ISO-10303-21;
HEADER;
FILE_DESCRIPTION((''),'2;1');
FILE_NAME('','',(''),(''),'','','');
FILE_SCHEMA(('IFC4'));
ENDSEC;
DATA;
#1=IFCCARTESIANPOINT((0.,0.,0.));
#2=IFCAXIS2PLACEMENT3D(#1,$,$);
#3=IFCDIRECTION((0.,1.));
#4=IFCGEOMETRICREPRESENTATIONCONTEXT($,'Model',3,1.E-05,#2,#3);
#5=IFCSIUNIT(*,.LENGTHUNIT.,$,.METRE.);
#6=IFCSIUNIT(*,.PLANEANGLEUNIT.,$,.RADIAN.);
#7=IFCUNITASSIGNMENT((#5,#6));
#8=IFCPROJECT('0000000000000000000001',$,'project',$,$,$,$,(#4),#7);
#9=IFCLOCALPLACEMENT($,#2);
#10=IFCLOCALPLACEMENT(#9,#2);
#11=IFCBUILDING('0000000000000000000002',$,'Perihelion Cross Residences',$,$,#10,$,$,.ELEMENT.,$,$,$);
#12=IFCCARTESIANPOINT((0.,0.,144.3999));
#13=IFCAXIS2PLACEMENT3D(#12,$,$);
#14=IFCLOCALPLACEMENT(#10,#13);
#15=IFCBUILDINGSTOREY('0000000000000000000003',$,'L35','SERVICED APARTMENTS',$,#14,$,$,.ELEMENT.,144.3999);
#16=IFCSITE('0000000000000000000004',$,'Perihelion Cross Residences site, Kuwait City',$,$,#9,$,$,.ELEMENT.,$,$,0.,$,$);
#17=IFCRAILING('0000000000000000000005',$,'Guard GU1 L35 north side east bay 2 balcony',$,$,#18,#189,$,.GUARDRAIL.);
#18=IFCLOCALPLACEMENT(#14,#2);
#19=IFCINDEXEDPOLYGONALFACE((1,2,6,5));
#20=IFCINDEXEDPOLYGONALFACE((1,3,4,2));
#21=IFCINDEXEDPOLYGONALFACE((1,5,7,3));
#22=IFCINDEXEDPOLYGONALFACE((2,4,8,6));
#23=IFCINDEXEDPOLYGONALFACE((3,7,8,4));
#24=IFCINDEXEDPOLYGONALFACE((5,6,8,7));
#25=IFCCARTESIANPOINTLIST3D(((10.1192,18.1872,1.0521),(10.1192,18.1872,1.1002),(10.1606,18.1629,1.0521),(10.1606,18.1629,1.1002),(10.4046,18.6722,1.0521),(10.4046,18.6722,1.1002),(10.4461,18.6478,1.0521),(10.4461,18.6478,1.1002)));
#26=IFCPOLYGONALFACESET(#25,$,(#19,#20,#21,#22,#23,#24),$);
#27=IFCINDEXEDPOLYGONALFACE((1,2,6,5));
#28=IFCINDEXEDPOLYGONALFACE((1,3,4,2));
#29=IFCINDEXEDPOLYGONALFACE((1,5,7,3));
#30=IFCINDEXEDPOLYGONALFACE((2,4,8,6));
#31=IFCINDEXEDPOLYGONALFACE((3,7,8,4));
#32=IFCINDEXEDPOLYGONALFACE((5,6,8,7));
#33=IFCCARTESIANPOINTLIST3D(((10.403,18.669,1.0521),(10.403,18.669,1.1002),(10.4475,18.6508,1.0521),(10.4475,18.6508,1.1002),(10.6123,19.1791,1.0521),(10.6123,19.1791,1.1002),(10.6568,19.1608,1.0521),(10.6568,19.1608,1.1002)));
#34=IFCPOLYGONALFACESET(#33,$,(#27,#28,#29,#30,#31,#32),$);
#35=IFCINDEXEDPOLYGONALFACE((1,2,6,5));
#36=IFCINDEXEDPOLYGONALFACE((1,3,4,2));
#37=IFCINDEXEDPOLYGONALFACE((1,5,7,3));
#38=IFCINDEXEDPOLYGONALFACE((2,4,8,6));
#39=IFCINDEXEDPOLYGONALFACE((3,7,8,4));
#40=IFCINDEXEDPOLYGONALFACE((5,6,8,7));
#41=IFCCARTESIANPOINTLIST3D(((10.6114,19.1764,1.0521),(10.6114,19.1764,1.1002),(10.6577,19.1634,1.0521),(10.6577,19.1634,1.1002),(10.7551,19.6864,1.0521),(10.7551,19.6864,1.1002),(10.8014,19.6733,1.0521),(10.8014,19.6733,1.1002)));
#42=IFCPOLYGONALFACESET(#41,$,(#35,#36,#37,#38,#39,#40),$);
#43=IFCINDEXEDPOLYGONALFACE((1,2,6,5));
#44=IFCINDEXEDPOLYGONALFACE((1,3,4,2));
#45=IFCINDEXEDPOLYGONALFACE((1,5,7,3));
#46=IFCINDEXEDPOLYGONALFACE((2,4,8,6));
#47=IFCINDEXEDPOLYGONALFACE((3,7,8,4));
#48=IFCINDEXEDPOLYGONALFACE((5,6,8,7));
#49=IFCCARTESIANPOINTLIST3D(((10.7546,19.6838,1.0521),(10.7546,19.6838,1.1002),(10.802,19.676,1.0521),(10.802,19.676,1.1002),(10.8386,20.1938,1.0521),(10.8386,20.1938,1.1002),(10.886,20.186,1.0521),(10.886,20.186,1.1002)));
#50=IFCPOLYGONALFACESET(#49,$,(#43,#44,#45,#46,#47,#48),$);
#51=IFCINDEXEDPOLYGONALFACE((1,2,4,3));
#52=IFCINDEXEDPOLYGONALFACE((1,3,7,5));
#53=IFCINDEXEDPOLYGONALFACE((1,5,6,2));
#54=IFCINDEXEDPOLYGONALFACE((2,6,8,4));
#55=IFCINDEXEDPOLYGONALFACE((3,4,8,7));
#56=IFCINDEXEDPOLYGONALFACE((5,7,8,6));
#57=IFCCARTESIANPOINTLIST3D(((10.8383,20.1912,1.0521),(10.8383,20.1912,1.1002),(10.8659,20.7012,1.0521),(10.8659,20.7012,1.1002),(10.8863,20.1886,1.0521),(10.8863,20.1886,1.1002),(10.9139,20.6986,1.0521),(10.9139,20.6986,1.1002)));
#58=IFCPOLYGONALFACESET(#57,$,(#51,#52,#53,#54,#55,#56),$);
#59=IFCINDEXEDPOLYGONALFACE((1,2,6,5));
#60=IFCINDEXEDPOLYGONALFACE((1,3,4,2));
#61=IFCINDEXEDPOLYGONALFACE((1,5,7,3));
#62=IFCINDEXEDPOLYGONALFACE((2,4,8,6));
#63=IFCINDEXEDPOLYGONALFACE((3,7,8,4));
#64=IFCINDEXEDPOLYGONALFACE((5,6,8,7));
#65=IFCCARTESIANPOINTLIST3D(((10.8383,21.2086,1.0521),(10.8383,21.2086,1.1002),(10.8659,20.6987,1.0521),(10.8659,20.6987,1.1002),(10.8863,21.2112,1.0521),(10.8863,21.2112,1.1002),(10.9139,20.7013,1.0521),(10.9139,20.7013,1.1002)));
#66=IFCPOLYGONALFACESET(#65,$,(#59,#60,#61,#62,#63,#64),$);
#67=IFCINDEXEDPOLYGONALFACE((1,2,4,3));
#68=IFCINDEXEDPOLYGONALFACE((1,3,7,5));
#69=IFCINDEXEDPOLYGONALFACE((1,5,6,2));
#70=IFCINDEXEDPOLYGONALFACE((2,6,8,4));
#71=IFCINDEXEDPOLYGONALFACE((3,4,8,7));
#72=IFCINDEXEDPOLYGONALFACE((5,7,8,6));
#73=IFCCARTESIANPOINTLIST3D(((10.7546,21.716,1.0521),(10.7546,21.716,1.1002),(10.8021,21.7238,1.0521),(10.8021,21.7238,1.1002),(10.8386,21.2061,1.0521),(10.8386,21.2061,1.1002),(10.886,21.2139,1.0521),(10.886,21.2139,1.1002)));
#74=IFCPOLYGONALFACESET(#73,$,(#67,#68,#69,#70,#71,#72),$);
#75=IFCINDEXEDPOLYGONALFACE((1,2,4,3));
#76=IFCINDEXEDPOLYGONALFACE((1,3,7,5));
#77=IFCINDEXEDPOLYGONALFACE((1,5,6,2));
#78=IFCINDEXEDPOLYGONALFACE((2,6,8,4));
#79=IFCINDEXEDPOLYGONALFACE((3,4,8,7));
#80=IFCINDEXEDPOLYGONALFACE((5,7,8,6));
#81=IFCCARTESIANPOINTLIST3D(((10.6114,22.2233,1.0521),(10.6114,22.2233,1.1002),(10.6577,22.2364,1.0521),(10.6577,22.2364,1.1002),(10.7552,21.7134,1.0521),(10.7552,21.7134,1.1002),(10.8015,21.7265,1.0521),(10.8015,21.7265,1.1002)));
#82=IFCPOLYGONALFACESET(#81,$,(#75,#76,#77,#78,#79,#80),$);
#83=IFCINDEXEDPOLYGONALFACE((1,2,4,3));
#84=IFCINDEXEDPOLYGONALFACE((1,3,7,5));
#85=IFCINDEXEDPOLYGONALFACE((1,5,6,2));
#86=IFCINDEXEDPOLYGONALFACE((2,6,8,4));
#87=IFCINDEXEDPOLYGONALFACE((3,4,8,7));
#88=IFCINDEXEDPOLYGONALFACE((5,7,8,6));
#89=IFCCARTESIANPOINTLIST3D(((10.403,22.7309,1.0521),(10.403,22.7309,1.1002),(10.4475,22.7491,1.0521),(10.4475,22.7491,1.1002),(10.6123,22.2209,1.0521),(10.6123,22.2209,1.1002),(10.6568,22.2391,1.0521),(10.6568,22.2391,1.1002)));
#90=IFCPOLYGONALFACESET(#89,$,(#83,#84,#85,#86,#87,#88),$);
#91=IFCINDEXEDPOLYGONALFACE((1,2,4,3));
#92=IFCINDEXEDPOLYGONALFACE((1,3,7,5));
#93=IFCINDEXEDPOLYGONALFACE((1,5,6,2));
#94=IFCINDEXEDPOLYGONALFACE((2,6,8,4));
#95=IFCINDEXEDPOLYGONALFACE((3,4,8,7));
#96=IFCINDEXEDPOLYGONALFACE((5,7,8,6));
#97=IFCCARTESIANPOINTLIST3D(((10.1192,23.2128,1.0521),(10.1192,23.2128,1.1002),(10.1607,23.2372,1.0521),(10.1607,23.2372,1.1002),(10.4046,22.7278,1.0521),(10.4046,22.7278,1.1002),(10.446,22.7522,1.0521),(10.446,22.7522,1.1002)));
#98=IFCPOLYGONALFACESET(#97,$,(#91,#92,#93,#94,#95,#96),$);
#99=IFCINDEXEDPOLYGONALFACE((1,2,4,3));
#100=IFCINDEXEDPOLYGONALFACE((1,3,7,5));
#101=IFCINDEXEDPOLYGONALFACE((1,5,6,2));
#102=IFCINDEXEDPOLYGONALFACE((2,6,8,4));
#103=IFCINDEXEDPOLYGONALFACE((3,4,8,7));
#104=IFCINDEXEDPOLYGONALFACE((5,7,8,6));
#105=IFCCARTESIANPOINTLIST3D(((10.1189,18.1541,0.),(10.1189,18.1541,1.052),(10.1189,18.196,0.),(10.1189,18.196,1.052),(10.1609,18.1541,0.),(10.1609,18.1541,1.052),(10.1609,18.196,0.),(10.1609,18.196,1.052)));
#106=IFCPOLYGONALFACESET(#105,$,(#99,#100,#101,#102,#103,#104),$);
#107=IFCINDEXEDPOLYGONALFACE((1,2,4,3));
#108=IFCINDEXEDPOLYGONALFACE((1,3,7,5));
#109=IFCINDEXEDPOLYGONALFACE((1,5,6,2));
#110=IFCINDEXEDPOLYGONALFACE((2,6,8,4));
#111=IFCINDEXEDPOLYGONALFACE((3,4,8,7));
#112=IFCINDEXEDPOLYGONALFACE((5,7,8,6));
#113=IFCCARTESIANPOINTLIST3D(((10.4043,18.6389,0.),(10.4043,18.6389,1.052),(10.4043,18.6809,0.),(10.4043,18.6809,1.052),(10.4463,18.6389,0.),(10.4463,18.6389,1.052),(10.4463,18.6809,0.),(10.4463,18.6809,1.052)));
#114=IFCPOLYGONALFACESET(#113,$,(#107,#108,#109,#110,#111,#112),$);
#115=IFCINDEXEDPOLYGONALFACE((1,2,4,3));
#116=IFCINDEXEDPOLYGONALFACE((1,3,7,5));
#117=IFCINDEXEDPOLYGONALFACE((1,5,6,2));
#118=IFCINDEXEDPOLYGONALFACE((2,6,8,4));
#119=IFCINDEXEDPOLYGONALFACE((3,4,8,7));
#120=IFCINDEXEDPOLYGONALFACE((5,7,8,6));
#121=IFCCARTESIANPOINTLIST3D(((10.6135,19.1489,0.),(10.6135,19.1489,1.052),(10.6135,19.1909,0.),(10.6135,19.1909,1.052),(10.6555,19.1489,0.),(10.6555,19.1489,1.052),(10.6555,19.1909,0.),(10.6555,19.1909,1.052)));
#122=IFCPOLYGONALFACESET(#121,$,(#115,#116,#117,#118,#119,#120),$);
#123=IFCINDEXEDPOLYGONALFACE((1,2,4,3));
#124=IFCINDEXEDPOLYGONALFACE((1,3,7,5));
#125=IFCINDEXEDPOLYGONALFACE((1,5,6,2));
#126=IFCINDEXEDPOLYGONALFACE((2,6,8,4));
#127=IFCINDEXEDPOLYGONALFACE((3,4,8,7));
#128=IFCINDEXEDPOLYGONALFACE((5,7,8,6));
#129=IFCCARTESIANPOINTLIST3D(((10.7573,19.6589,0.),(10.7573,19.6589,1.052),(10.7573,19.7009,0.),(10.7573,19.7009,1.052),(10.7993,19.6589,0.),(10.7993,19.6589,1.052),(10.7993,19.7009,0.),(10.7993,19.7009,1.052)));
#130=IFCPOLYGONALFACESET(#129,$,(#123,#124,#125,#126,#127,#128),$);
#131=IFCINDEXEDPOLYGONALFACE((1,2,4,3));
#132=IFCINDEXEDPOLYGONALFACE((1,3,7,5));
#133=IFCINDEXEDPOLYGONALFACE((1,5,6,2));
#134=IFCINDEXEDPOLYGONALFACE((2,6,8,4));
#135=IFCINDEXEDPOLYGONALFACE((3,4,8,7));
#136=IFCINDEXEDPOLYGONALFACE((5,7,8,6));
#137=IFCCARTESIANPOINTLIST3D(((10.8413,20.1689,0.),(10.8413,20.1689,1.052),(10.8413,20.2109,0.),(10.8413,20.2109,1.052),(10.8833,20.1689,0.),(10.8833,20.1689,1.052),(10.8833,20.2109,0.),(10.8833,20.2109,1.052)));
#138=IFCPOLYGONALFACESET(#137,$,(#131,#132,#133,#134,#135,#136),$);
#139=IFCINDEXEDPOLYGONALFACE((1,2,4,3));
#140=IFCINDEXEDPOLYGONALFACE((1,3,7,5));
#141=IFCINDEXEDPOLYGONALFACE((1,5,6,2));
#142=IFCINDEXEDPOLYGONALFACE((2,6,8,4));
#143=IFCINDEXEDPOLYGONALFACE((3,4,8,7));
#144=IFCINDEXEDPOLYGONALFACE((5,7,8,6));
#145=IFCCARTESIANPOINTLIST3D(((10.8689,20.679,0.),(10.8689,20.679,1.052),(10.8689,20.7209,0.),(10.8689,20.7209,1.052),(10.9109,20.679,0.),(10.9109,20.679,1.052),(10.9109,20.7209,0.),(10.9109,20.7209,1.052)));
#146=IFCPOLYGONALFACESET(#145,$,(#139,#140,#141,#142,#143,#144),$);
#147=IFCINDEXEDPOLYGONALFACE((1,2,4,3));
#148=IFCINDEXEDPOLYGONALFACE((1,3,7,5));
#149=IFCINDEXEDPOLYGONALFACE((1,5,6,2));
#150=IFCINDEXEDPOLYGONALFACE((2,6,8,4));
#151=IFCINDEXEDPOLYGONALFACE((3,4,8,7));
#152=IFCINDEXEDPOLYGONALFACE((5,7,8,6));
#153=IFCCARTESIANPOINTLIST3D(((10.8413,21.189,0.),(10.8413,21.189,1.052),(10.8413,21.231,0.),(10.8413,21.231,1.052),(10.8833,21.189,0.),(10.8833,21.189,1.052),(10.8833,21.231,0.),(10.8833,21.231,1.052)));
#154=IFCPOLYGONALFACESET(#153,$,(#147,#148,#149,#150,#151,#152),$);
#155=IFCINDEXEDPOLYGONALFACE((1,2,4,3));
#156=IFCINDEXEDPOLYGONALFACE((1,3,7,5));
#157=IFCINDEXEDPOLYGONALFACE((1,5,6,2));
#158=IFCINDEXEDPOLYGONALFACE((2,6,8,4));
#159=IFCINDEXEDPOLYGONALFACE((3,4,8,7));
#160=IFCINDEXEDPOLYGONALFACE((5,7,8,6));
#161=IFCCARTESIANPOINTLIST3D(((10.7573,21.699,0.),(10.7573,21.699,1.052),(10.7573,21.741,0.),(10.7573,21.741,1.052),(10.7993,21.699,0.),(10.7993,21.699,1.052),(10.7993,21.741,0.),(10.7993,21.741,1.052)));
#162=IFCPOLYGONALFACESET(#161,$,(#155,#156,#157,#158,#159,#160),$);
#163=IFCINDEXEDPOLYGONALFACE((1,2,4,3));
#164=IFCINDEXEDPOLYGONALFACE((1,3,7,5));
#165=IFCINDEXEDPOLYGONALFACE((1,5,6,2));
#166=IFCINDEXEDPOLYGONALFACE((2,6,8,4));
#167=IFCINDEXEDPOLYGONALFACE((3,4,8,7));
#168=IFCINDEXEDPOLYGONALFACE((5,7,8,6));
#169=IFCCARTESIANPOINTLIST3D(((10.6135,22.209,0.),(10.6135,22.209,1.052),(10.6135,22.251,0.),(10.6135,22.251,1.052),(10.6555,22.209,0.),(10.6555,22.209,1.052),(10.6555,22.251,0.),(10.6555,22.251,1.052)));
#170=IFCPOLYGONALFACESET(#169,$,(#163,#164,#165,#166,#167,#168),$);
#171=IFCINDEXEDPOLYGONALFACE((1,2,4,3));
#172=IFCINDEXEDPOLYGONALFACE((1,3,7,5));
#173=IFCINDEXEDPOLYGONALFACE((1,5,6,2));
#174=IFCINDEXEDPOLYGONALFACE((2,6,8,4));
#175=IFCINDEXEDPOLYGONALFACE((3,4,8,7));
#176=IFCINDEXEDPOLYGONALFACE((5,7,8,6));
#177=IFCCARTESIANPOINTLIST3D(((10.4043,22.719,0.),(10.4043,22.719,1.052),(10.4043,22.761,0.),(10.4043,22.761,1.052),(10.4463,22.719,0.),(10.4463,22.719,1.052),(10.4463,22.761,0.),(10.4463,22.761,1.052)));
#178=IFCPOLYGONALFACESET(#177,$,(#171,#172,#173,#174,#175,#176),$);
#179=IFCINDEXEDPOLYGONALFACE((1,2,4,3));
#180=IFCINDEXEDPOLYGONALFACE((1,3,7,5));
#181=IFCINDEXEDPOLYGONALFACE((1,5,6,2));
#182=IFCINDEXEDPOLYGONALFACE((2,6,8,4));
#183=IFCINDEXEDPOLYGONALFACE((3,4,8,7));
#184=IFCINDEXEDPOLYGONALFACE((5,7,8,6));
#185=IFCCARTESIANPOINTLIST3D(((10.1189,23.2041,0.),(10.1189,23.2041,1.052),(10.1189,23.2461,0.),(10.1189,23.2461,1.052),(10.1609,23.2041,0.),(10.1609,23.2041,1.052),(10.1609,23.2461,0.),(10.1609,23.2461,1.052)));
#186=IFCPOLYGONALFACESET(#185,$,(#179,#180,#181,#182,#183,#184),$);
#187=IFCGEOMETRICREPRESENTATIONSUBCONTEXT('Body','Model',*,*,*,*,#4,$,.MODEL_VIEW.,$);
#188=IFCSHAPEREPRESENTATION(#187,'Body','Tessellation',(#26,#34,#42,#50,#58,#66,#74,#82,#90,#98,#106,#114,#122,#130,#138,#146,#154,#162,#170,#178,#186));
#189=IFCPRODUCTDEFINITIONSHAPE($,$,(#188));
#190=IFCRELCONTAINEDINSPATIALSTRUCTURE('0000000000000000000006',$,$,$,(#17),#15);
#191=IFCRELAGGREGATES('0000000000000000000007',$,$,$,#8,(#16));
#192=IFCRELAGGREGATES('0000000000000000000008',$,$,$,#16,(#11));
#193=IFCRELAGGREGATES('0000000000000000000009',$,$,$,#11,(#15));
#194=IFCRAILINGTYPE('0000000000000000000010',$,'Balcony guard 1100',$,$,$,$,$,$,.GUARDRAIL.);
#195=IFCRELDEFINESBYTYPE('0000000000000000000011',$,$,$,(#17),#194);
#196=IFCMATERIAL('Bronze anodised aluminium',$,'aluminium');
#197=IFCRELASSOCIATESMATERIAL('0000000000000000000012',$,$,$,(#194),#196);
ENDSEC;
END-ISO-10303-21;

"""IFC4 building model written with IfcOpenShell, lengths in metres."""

from ifc_helpers import new_model, si_unit, direction, frame, origin, origin_2d, place, context, subcontext, project, spatial, rectangle, extrude, material, type_object, element, save


model = new_model("IFC4")

# Units and contexts
model_context = context("Model", 3, precision=1e-05, world=origin(), true_north=direction((0.0, 1.0)))
body_context = subcontext(model_context, "Body", "Model", "MODEL_VIEW")
ifc_project = project(units=[si_unit("LENGTHUNIT", "METRE"), si_unit("PLANEANGLEUNIT", "RADIAN")], contexts=[model_context])

# Site, building, storey
site_placement = place(None, origin())
site = spatial("IfcSite", under=ifc_project, at=site_placement, Name="Perihelion Cross Residences site, Kuwait City", CompositionType="ELEMENT", RefElevation=0.0)
building_placement = place(site_placement, origin())
building = spatial("IfcBuilding", under=site, at=building_placement, Name="Perihelion Cross Residences", CompositionType="ELEMENT")
storey_placement = place(building_placement, frame((0.0, 0.0, 144.3999)))
storey = spatial("IfcBuildingStorey", under=building, at=storey_placement, Name="L35", Description="SERVICED APARTMENTS", CompositionType="ELEMENT", Elevation=144.3999)

# Railing
ifc_material_1 = material(Name="Bronze anodised aluminium", Category="aluminium")
railing_type = type_object("IfcRailingType", Name="Balcony guard 1100", PredefinedType="GUARDRAIL", material=ifc_material_1)
railing_1_placement = place(storey_placement, frame((10.1399, 18.175, 0.0)))
element("IfcRailing", 1, at=railing_1_placement, inside=storey, type_object=railing_type, Name="Guard GU1 L35 north side east bay 2 balcony", PredefinedType="GUARDRAIL", context=body_context, shape_type="SweptSolid", body=[
    extrude(rectangle(XDim=0.0481, YDim=0.0481, at=origin_2d()), frame((0.0, 0.0, 1.0762), z_axis=(0.507267, 0.861789, 0.0), x_axis=(-0.861789, 0.507267, 0.0)), (0.0, 0.0, 1.0), 0.5627),
    extrude(rectangle(XDim=0.0481, YDim=0.0481, at=origin_2d()), frame((0.2854, 0.4849, 1.0762), z_axis=(0.379547, 0.925173, 0.0), x_axis=(-0.925173, 0.379547, 0.0)), (0.0, 0.0, 1.0), 0.5513),
    extrude(rectangle(XDim=0.0481, YDim=0.0481, at=origin_2d()), frame((0.4946, 0.9949, 1.0762), z_axis=(0.271373, 0.962474, 0.0), x_axis=(-0.962474, 0.271373, 0.0)), (0.0, 0.0, 1.0), 0.5298),
    extrude(rectangle(XDim=0.0481, YDim=0.0481, at=origin_2d()), frame((0.6384, 1.5049, 1.0762), z_axis=(0.162484, 0.986711, 0.0), x_axis=(-0.986711, 0.162484, 0.0)), (0.0, 0.0, 1.0), 0.5168),
    extrude(rectangle(XDim=0.0481, YDim=0.0481, at=origin_2d()), frame((0.7224, 2.0149, 1.0762), z_axis=(0.054014, 0.99854, 0.0), x_axis=(-0.99854, 0.054014, 0.0)), (0.0, 0.0, 1.0), 0.5107),
    extrude(rectangle(XDim=0.0481, YDim=0.0481, at=origin_2d()), frame((0.75, 2.5249, 1.0762), z_axis=(-0.054014, 0.99854, 0.0), x_axis=(-0.99854, -0.054014, 0.0)), (0.0, 0.0, 1.0), 0.5107),
    extrude(rectangle(XDim=0.0481, YDim=0.0481, at=origin_2d()), frame((0.7224, 3.0349, 1.0762), z_axis=(-0.162484, 0.986711, 0.0), x_axis=(-0.986711, -0.162484, 0.0)), (0.0, 0.0, 1.0), 0.5168),
    extrude(rectangle(XDim=0.0481, YDim=0.0481, at=origin_2d()), frame((0.6384, 3.5449, 1.0762), z_axis=(-0.271373, 0.962474, 0.0), x_axis=(-0.962474, -0.271373, 0.0)), (0.0, 0.0, 1.0), 0.5298),
    extrude(rectangle(XDim=0.0481, YDim=0.0481, at=origin_2d()), frame((0.4946, 4.0549, 1.0762), z_axis=(-0.379547, 0.925173, 0.0), x_axis=(-0.925173, -0.379547, 0.0)), (0.0, 0.0, 1.0), 0.5513),
    extrude(rectangle(XDim=0.0481, YDim=0.0481, at=origin_2d()), frame((0.2854, 4.5649, 1.0762), z_axis=(-0.507077, 0.861901, 0.0), x_axis=(-0.861901, -0.507077, 0.0)), (0.0, 0.0, 1.0), 0.5627),
    extrude(rectangle(XDim=0.042, YDim=0.042, at=origin_2d()), origin(), (0.0, 0.0, 1.0), 1.052),
    extrude(rectangle(XDim=0.042, YDim=0.042, at=origin_2d()), frame((0.2854, 0.4849, 0.0)), (0.0, 0.0, 1.0), 1.052),
    extrude(rectangle(XDim=0.042, YDim=0.042, at=origin_2d()), frame((0.4946, 0.9949, 0.0)), (0.0, 0.0, 1.0), 1.052),
    extrude(rectangle(XDim=0.042, YDim=0.042, at=origin_2d()), frame((0.6384, 1.5049, 0.0)), (0.0, 0.0, 1.0), 1.052),
    extrude(rectangle(XDim=0.042, YDim=0.042, at=origin_2d()), frame((0.7224, 2.0149, 0.0)), (0.0, 0.0, 1.0), 1.052),
    extrude(rectangle(XDim=0.042, YDim=0.042, at=origin_2d()), frame((0.75, 2.5249, 0.0)), (0.0, 0.0, 1.0), 1.052),
    extrude(rectangle(XDim=0.042, YDim=0.042, at=origin_2d()), frame((0.7224, 3.0349, 0.0)), (0.0, 0.0, 1.0), 1.052),
    extrude(rectangle(XDim=0.042, YDim=0.042, at=origin_2d()), frame((0.6384, 3.5449, 0.0)), (0.0, 0.0, 1.0), 1.052),
    extrude(rectangle(XDim=0.042, YDim=0.042, at=origin_2d()), frame((0.4946, 4.0549, 0.0)), (0.0, 0.0, 1.0), 1.052),
    extrude(rectangle(XDim=0.042, YDim=0.042, at=origin_2d()), frame((0.2854, 4.5649, 0.0)), (0.0, 0.0, 1.0), 1.052),
    extrude(rectangle(XDim=0.042, YDim=0.042, at=origin_2d()), frame((0.0, 5.05, 0.0)), (0.0, 0.0, 1.0), 1.052),
])

save(model, "model.ifc")
